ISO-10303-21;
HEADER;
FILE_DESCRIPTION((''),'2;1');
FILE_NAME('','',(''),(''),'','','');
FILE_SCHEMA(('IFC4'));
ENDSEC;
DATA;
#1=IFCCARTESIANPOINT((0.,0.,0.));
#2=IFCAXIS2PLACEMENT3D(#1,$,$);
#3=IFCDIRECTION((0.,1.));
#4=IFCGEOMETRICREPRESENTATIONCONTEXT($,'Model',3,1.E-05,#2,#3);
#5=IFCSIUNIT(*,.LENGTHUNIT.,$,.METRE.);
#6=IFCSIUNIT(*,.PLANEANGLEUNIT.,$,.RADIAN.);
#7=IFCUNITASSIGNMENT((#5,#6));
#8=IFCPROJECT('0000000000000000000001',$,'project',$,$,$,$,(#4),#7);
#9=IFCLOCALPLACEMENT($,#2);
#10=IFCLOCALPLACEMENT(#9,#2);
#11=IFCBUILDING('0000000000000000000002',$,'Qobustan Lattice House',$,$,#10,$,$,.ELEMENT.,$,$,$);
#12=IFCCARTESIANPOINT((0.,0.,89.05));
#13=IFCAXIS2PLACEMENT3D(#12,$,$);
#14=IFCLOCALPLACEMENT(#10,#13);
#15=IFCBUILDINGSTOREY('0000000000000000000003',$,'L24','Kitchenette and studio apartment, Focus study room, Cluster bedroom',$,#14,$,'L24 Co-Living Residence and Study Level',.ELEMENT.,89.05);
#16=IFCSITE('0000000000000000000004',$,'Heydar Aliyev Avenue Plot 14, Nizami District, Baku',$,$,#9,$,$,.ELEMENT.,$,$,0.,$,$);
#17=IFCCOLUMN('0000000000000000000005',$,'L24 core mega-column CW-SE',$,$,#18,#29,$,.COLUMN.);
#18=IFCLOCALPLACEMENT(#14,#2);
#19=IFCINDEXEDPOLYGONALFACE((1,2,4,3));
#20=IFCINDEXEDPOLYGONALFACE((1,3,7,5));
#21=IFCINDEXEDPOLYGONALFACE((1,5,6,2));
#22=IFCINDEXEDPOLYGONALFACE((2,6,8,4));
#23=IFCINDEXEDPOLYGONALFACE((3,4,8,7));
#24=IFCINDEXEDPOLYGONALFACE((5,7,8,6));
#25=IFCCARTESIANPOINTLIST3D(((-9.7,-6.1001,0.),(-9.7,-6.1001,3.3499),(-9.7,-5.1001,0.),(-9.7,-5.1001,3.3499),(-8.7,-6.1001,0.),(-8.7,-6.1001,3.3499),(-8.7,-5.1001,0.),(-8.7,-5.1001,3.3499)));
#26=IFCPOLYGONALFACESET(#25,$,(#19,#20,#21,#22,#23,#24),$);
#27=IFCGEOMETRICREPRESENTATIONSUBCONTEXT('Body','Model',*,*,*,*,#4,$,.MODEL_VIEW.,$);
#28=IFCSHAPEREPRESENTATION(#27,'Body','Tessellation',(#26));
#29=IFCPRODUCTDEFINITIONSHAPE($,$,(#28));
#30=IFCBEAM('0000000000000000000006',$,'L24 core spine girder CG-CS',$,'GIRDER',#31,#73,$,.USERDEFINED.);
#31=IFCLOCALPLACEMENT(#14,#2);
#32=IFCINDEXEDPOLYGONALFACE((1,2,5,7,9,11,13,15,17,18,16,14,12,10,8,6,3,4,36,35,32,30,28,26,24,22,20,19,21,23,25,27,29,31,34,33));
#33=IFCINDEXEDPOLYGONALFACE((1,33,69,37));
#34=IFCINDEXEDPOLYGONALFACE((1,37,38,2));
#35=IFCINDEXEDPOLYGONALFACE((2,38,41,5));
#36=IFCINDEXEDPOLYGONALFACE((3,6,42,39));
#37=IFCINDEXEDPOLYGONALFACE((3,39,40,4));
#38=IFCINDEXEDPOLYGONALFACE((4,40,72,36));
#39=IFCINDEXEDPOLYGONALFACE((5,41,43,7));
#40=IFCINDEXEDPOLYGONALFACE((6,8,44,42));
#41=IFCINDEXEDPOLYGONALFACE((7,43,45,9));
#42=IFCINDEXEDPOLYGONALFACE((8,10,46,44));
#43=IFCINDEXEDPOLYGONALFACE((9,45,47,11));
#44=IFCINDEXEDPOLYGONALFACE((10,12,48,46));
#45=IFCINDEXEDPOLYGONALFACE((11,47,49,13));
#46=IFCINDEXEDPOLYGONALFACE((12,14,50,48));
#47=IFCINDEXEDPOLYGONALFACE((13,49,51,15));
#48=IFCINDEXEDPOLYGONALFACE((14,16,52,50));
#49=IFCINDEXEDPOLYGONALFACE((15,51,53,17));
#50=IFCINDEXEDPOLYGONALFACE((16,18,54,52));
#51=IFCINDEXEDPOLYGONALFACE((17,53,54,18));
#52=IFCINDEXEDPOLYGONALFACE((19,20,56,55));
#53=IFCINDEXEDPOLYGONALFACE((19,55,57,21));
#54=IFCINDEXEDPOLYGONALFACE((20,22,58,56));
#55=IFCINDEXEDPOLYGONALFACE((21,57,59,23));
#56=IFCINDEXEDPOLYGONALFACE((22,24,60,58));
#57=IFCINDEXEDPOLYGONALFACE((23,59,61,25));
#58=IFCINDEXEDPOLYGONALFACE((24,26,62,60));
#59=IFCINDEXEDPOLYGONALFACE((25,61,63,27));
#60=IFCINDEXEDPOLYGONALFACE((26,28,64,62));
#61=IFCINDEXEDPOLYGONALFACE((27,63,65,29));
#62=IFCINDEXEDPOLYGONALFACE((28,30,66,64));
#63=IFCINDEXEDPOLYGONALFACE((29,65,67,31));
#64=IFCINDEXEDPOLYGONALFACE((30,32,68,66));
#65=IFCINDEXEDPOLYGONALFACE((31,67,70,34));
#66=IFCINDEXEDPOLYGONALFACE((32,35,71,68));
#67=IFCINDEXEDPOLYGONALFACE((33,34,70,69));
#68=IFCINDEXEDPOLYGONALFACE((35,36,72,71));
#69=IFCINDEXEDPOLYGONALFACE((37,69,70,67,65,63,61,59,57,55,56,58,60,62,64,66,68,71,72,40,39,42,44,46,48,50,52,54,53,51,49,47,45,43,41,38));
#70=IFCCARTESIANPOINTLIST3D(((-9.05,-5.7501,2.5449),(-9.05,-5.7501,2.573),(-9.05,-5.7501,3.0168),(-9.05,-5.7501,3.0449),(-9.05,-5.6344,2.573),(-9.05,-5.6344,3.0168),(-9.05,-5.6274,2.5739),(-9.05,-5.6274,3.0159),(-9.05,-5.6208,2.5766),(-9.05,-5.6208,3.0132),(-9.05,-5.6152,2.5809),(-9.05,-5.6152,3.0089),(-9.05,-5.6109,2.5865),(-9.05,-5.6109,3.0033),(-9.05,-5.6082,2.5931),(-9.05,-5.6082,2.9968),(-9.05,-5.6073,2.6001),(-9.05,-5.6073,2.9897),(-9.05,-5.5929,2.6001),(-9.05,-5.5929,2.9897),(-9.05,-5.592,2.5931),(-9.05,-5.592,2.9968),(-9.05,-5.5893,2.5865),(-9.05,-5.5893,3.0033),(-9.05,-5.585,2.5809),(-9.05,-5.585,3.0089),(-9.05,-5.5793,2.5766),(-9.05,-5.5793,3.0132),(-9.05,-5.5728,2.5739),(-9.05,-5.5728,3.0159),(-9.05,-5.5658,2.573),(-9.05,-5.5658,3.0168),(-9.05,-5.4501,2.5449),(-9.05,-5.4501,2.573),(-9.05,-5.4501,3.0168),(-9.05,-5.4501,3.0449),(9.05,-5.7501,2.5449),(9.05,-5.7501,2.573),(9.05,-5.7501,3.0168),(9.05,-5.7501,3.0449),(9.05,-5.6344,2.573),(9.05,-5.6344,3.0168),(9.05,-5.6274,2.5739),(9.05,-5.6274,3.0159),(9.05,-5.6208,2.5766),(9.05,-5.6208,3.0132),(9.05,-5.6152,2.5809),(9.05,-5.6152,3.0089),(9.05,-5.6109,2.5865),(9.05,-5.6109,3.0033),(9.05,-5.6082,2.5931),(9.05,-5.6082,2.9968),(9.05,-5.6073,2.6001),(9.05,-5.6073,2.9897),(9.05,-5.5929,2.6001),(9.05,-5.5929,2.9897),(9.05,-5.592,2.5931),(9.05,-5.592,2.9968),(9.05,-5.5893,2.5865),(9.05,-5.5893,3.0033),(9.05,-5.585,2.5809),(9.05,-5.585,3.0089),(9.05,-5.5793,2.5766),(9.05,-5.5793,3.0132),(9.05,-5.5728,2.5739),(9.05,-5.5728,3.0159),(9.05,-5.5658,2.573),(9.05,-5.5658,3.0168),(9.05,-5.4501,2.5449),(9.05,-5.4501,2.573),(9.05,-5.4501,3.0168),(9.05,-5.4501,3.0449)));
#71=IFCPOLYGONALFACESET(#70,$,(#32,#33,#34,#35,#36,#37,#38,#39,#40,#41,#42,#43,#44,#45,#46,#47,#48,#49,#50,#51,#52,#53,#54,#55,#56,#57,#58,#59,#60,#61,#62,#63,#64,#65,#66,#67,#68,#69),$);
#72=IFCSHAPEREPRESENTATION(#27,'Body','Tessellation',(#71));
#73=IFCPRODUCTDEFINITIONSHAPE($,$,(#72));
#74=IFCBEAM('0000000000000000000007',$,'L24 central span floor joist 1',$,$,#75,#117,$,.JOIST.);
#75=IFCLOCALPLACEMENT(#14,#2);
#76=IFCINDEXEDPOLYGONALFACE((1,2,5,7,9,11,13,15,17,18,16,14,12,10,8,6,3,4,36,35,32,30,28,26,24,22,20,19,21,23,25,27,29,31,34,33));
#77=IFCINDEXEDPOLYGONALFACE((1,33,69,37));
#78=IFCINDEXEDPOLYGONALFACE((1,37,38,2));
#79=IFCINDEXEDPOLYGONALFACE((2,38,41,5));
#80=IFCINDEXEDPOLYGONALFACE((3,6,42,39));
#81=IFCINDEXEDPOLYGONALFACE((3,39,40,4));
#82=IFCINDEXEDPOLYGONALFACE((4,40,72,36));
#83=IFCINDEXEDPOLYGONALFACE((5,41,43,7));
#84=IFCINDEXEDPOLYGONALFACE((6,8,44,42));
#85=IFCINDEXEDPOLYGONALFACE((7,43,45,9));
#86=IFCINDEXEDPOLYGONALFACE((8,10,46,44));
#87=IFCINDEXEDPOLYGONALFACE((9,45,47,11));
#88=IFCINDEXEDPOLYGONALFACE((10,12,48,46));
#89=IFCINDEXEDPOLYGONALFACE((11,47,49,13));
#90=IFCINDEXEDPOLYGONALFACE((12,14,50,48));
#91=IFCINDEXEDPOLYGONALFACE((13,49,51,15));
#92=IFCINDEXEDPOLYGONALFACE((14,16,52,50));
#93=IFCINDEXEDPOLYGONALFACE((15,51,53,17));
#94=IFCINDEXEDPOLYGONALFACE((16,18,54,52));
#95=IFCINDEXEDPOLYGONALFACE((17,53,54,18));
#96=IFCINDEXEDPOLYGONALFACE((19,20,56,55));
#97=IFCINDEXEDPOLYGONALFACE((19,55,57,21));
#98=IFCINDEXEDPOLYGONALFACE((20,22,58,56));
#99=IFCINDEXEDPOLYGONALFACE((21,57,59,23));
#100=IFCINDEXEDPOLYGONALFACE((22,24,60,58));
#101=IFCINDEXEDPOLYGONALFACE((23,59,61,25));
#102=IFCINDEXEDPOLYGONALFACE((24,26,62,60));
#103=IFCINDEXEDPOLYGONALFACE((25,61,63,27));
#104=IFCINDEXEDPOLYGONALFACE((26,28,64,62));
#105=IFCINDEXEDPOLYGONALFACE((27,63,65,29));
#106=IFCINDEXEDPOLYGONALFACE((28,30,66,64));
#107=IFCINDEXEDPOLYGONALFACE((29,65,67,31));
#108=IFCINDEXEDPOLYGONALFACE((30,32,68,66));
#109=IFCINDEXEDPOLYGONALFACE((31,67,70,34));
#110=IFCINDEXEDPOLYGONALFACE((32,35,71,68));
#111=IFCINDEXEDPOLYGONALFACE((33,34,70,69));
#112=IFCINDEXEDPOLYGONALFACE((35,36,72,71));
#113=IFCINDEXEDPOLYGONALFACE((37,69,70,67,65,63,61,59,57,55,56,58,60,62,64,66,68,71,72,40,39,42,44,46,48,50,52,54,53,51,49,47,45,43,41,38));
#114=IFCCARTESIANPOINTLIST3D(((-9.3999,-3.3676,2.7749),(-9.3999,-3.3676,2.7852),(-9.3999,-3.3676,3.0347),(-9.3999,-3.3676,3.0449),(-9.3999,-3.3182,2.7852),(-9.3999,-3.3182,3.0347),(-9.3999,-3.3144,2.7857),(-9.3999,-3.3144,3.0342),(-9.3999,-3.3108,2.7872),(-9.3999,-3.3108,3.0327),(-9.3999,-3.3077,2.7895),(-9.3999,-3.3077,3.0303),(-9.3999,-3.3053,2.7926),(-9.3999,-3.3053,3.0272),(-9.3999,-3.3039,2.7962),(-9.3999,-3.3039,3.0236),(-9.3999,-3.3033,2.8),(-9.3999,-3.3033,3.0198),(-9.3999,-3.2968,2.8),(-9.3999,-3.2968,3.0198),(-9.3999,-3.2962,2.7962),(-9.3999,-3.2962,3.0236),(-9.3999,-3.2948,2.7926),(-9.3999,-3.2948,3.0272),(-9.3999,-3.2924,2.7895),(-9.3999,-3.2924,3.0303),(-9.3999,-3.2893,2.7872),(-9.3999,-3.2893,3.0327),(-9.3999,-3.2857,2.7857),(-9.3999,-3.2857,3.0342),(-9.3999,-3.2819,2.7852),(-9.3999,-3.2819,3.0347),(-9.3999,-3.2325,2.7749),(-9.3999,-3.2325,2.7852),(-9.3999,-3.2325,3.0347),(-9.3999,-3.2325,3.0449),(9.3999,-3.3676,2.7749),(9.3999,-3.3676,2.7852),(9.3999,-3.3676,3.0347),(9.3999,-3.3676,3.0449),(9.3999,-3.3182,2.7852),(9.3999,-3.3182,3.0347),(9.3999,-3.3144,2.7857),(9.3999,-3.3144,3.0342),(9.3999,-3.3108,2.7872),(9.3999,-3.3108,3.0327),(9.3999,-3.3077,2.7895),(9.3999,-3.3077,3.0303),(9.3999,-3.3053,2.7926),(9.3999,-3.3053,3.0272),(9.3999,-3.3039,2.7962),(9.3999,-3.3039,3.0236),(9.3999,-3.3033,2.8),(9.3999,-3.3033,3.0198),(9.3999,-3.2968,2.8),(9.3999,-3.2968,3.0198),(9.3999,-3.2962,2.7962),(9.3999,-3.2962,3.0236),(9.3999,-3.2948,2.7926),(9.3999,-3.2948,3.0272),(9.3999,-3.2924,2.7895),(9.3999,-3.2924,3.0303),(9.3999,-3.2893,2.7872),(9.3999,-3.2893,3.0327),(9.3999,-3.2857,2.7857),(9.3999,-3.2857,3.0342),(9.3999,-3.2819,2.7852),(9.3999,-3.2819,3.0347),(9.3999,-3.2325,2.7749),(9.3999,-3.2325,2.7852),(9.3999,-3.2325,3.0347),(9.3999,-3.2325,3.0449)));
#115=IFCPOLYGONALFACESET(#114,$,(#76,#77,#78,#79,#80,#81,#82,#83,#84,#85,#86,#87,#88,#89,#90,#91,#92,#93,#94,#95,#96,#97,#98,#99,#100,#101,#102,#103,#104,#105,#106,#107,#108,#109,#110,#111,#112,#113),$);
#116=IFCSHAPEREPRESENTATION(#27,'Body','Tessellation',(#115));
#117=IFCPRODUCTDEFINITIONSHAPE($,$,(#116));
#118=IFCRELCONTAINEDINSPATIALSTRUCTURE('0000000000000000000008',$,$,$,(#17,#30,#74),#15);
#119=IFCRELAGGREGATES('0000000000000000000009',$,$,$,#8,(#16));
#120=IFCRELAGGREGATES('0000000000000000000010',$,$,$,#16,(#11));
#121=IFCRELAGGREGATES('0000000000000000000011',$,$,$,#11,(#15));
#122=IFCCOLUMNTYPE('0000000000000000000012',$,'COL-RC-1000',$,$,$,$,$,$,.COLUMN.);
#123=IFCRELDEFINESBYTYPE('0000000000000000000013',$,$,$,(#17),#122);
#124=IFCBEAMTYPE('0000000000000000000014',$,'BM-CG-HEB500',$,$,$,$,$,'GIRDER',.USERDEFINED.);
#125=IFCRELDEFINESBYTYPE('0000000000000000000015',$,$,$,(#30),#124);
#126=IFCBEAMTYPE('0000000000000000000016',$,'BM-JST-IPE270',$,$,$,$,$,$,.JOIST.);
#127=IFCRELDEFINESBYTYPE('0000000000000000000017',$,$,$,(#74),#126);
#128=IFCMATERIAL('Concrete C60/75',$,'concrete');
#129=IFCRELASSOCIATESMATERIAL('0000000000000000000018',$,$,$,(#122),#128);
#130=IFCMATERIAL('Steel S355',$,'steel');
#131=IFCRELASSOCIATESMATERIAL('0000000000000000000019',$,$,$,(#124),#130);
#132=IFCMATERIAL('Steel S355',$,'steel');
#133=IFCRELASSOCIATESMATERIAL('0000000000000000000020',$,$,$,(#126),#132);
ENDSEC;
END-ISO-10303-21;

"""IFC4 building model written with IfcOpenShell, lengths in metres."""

from ifc_helpers import new_model, si_unit, direction, frame, origin, origin_2d, place, context, subcontext, project, spatial, rectangle, i_section, extrude, material, material_profile, profile_set, type_object, element, save


model = new_model("IFC4")

# Units and contexts
model_context = context("Model", 3, precision=1e-05, world=origin(), true_north=direction((0.0, 1.0)))
body_context = subcontext(model_context, "Body", "Model", "MODEL_VIEW")
ifc_project = project(units=[si_unit("LENGTHUNIT", "METRE"), si_unit("PLANEANGLEUNIT", "RADIAN")], contexts=[model_context])

# Site, building, storey
site_placement = place(None, origin())
site = spatial("IfcSite", under=ifc_project, at=site_placement, Name="Heydar Aliyev Avenue Plot 14, Nizami District, Baku", CompositionType="ELEMENT", RefElevation=0.0)
building_placement = place(site_placement, origin())
building = spatial("IfcBuilding", under=site, at=building_placement, Name="Qobustan Lattice House", CompositionType="ELEMENT")
storey_placement = place(building_placement, frame((0.0, 0.0, 89.05)))
storey = spatial("IfcBuildingStorey", under=building, at=storey_placement, Name="L24", Description="Kitchenette and studio apartment, Focus study room, Cluster bedroom", LongName="L24 Co-Living Residence and Study Level", CompositionType="ELEMENT", Elevation=89.05)

# Column
ifc_material_1 = material(Name="Concrete C60/75", Category="concrete")
ifc_material_profile_1 = material_profile(ifc_material_1, rectangle(XDim=1.0, YDim=1.0, at=origin_2d()), Name="RC1000x1000")
ifc_profile_set_1 = profile_set([ifc_material_profile_1], Name="Concrete C60/75")
column_type = type_object("IfcColumnType", Name="COL-RC-1000", PredefinedType="COLUMN", material=ifc_profile_set_1)
column_placement = place(storey_placement, frame((-9.2, -5.6001, 0.0), z_axis=(0.0, 0.0, 1.0), x_axis=(1.0, 0.0, 0.0)))
element("IfcColumn", 1, at=column_placement, inside=storey, type_object=column_type, Name="L24 core mega-column CW-SE", PredefinedType="COLUMN", context=body_context, shape_type="SweptSolid", body=[
    extrude(rectangle(XDim=1.0, YDim=1.0, at=origin_2d()), origin(), (0.0, 0.0, 1.0), 3.3499),
])

# Beams
ifc_material_2 = material(Name="Steel S355", Category="steel")
ifc_material_profile_2 = material_profile(ifc_material_2, i_section(OverallWidth=0.3, OverallDepth=0.5, WebThickness=0.0144, FlangeThickness=0.0281, FilletRadius=0.0271, at=origin_2d()), Name="HEB500")
ifc_profile_set_2 = profile_set([ifc_material_profile_2], Name="Steel S355")
beam_type_1 = type_object("IfcBeamType", Name="BM-CG-HEB500", ElementType="GIRDER", PredefinedType="USERDEFINED", material=ifc_profile_set_2)
beam_1_placement = place(storey_placement, frame((-9.05, -5.6001, 2.7949), z_axis=(1.0, 0.0, 0.0), x_axis=(0.0, 1.0, 0.0)))
element("IfcBeam", 2, at=beam_1_placement, inside=storey, type_object=beam_type_1, Name="L24 core spine girder CG-CS", ObjectType="GIRDER", PredefinedType="USERDEFINED", context=body_context, shape_type="SweptSolid", body=[
    extrude(i_section(OverallWidth=0.3, OverallDepth=0.5, WebThickness=0.0144, FlangeThickness=0.0281, FilletRadius=0.0271, at=origin_2d()), origin(), (0.0, 0.0, 1.0), 18.1001),
])
ifc_material_3 = material(Name="Steel S355", Category="steel")
ifc_material_profile_3 = material_profile(ifc_material_3, i_section(OverallWidth=0.135, OverallDepth=0.27, WebThickness=0.0066, FlangeThickness=0.0103, FilletRadius=0.0149, at=origin_2d()), Name="IPE270")
ifc_profile_set_3 = profile_set([ifc_material_profile_3], Name="Steel S355")
beam_type_2 = type_object("IfcBeamType", Name="BM-JST-IPE270", PredefinedType="JOIST", material=ifc_profile_set_3)
beam_2_placement = place(storey_placement, frame((-9.3999, -3.3, 2.9099), z_axis=(1.0, 0.0, 0.0), x_axis=(0.0, 1.0, 0.0)))
element("IfcBeam", 3, at=beam_2_placement, inside=storey, type_object=beam_type_2, Name="L24 central span floor joist 1", PredefinedType="JOIST", context=body_context, shape_type="SweptSolid", body=[
    extrude(i_section(OverallWidth=0.135, OverallDepth=0.27, WebThickness=0.0066, FlangeThickness=0.0103, FilletRadius=0.0149, at=origin_2d()), origin(), (0.0, 0.0, 1.0), 18.7998),
])

save(model, "model.ifc")
